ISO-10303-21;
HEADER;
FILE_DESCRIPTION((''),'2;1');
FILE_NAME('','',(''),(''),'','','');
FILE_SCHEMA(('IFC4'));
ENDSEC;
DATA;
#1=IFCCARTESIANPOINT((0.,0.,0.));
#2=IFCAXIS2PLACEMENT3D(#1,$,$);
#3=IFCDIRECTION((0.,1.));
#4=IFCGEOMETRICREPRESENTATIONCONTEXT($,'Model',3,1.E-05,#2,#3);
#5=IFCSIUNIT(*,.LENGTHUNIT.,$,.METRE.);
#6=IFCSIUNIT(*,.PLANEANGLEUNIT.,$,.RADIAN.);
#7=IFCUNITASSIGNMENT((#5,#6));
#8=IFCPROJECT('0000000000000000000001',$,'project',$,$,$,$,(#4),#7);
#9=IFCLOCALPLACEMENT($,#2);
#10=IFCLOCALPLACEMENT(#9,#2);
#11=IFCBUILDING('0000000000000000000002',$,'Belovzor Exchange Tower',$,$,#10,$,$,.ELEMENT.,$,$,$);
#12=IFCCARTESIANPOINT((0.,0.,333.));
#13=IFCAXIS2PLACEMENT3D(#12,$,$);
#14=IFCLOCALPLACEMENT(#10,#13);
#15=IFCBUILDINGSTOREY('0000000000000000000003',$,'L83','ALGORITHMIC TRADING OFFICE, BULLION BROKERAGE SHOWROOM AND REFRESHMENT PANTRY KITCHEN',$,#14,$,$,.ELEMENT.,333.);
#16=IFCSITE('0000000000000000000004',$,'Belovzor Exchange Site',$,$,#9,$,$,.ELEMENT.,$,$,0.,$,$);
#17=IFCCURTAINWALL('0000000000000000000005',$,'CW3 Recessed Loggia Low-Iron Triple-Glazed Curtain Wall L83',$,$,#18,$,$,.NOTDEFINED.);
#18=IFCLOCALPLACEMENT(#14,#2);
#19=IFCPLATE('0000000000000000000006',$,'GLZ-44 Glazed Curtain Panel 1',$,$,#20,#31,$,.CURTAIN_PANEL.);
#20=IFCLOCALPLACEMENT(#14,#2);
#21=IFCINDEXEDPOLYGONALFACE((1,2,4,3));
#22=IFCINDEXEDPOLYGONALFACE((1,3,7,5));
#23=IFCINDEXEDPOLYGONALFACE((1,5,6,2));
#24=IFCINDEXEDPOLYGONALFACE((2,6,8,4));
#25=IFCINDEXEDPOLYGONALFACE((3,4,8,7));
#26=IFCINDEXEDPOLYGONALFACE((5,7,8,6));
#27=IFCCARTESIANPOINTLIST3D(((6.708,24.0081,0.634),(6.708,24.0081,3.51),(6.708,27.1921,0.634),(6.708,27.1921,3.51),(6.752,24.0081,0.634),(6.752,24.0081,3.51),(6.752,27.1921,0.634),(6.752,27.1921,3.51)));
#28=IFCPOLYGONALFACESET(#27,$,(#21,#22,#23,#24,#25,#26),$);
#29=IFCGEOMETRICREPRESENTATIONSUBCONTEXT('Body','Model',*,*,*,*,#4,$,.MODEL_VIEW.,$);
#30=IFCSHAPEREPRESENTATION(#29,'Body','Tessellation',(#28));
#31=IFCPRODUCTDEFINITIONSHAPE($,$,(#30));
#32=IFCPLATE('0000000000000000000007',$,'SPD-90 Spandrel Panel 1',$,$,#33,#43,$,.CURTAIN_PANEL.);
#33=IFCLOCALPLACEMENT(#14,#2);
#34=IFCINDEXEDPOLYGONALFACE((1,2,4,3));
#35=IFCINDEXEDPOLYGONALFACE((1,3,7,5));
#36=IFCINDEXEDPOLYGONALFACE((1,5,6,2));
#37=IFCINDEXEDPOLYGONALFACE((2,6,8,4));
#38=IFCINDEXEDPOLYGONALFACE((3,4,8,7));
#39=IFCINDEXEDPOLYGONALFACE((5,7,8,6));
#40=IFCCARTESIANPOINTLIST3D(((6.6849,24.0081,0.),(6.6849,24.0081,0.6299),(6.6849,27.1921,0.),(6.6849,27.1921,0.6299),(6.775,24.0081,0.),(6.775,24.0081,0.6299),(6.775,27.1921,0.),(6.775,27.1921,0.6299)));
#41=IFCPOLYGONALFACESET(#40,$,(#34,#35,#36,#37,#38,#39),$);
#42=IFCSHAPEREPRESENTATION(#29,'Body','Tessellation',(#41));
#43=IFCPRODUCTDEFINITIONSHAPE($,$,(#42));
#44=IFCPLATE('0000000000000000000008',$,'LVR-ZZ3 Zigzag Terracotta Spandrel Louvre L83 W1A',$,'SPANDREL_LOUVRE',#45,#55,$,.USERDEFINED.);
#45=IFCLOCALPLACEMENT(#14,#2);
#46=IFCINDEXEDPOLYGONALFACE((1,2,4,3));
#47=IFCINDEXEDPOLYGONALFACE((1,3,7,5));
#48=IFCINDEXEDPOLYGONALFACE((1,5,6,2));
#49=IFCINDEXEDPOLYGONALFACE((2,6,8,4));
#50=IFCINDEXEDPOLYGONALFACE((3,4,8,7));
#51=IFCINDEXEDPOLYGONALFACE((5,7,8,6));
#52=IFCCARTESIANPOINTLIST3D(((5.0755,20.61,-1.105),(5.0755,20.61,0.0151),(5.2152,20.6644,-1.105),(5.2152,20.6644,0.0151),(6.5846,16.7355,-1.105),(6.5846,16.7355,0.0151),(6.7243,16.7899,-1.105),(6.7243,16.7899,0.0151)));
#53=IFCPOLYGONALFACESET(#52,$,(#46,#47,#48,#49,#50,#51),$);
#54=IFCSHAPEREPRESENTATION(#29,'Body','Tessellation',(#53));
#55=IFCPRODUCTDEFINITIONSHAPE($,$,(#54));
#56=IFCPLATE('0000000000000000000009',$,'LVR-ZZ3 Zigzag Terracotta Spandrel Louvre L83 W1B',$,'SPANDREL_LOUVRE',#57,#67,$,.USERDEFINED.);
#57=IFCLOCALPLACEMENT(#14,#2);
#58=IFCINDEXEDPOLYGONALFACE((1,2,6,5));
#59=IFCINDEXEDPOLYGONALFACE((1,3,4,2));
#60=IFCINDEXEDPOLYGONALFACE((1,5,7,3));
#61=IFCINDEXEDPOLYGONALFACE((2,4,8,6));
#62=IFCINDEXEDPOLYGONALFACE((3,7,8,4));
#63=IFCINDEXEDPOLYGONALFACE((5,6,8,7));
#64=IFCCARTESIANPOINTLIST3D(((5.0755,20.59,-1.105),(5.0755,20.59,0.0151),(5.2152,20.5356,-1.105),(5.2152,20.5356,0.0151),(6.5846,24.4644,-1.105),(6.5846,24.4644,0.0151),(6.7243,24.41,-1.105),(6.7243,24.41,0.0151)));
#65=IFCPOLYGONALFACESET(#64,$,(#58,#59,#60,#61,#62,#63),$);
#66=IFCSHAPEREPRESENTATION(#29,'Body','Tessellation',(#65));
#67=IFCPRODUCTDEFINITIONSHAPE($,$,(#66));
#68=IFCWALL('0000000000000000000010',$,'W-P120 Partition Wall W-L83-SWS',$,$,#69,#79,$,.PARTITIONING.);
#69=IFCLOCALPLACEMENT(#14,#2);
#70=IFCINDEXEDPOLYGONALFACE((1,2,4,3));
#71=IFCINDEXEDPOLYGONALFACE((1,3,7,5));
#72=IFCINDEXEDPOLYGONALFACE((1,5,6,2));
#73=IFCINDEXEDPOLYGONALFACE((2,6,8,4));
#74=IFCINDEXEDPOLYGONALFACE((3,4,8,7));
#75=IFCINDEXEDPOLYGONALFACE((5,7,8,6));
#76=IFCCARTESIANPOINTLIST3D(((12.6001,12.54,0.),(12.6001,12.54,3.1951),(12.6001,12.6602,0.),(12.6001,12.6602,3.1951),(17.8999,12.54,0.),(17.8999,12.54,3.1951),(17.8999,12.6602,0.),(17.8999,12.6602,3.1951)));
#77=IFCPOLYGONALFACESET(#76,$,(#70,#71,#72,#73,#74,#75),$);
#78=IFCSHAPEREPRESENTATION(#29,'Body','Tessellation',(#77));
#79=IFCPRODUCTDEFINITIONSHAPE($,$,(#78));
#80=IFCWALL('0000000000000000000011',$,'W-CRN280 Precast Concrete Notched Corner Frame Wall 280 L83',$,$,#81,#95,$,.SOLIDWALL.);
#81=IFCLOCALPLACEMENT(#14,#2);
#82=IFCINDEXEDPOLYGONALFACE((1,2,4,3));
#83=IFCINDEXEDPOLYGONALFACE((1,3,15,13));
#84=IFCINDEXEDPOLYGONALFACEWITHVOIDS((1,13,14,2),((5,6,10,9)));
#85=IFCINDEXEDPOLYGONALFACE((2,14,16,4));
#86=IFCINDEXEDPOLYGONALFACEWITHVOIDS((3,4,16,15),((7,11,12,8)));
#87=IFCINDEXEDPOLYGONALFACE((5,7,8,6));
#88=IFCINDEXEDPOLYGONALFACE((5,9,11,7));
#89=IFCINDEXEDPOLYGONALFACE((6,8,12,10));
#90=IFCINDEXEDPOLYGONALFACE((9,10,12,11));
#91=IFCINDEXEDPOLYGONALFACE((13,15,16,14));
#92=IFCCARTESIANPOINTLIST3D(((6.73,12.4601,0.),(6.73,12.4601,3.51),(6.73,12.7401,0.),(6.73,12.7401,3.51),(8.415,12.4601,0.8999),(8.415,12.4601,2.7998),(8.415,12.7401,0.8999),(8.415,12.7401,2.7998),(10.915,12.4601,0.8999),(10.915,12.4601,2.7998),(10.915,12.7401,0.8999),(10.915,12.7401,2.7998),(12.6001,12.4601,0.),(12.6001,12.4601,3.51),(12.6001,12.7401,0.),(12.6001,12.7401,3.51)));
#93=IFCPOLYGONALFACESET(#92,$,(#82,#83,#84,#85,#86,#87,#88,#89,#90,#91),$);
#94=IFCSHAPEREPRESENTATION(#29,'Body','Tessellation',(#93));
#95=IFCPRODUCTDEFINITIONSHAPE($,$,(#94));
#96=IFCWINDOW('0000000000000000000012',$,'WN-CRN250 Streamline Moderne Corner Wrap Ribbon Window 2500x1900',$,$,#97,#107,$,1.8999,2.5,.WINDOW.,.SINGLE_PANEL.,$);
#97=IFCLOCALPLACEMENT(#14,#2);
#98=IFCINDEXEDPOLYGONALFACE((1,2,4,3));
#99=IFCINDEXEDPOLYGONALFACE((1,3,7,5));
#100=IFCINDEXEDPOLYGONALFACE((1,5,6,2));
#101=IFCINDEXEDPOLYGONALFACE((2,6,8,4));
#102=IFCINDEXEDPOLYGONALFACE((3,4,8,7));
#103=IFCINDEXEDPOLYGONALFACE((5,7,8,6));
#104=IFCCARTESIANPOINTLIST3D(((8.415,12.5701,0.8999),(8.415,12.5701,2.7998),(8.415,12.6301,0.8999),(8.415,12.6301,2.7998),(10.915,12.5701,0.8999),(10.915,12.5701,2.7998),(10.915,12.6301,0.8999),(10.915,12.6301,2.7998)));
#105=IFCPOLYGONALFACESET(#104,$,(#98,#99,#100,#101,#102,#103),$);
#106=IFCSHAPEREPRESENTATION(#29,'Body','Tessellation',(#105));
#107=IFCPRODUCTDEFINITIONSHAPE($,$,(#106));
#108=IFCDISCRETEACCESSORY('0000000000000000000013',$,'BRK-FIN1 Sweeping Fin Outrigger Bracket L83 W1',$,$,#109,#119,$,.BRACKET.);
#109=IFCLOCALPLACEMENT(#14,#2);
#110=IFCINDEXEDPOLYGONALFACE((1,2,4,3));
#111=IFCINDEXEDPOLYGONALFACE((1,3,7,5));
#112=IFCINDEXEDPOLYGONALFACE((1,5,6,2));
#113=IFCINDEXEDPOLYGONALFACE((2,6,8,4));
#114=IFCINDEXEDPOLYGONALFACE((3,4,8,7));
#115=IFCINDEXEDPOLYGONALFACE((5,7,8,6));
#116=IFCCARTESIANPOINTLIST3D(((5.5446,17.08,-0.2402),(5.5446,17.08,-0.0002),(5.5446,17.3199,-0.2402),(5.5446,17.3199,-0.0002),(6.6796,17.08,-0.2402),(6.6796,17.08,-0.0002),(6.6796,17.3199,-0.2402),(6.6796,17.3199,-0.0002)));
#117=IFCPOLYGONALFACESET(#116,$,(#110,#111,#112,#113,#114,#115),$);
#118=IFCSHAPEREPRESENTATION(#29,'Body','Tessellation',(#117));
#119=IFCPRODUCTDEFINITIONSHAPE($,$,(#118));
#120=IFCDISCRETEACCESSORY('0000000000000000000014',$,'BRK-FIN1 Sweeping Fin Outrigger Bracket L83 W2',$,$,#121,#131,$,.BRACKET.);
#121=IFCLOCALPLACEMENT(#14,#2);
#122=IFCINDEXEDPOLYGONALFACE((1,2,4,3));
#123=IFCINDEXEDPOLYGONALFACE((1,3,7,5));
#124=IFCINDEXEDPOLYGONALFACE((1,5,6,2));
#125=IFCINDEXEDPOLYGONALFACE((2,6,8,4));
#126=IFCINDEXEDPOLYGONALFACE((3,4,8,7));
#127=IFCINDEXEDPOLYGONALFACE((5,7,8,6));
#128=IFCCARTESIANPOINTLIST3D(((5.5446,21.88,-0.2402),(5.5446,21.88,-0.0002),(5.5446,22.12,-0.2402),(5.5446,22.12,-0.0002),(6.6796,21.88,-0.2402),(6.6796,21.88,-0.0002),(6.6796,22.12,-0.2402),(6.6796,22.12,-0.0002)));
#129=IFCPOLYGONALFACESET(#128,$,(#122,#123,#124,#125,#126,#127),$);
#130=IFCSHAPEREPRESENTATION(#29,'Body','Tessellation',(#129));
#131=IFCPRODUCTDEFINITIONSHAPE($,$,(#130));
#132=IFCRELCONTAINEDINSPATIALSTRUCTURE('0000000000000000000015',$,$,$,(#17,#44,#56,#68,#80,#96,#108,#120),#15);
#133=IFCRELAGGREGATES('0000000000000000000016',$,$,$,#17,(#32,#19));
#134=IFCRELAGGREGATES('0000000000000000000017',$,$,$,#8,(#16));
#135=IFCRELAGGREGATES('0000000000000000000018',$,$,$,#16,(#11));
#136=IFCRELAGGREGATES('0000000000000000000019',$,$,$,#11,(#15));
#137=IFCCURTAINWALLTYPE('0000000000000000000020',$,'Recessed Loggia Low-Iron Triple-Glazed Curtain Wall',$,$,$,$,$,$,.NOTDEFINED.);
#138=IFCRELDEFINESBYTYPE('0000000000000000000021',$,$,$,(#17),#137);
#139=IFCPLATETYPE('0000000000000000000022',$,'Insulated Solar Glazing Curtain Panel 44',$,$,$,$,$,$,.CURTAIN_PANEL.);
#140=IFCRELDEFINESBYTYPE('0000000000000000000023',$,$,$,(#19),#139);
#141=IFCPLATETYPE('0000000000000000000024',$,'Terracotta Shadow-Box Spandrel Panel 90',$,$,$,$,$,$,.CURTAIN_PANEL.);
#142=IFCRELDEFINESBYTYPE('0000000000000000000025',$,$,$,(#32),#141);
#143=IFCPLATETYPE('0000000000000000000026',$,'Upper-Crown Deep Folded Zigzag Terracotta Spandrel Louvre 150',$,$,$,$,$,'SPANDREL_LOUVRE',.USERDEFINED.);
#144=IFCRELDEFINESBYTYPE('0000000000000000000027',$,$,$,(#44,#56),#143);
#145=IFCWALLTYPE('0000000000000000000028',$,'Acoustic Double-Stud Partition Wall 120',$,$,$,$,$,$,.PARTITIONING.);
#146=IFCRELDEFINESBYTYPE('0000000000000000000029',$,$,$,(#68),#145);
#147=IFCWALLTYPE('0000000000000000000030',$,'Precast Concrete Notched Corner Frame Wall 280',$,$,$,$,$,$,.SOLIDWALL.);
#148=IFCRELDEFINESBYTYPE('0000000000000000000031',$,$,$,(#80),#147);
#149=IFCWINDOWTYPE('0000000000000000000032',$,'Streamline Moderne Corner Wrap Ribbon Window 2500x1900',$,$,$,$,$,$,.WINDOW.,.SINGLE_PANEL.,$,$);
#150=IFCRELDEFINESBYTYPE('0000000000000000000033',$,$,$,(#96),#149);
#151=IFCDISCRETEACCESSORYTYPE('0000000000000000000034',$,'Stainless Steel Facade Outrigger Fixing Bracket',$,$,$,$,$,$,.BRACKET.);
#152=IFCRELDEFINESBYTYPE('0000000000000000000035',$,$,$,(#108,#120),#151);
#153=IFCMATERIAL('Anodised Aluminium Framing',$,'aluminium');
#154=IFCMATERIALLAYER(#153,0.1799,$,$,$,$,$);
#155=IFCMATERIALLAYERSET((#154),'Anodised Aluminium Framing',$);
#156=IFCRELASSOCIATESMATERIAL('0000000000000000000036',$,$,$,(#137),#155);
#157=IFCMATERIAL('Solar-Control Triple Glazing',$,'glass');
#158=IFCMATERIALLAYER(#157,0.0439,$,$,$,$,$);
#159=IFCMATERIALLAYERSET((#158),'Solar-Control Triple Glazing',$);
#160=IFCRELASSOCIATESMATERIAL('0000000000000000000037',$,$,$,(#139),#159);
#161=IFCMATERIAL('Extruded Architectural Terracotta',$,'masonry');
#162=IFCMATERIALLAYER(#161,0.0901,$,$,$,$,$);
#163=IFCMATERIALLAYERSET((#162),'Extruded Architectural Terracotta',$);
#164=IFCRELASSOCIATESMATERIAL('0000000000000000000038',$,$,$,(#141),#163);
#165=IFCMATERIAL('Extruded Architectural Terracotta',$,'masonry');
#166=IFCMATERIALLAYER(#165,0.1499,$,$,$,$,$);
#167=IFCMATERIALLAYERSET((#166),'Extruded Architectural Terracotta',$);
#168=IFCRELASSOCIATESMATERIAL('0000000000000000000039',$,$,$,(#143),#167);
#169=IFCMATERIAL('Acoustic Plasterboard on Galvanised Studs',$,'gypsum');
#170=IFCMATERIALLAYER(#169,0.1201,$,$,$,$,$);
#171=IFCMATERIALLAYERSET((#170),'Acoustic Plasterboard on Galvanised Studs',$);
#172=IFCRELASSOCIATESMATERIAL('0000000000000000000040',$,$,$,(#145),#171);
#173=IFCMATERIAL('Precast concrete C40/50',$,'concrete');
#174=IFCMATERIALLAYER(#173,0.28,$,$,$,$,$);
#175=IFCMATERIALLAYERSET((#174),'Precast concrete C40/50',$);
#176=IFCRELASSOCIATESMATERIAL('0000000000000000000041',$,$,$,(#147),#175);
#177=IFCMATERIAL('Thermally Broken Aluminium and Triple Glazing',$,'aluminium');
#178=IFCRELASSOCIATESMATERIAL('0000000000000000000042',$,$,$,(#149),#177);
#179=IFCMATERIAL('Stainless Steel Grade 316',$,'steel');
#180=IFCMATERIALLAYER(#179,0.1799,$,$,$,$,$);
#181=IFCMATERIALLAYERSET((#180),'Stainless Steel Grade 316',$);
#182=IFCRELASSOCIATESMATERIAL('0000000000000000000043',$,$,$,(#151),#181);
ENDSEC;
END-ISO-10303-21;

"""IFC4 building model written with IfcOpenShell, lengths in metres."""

from ifc_helpers import new_model, si_unit, direction, frame, frame_2d, origin, origin_2d, place, context, subcontext, project, spatial, rectangle, extrude, material, layer, layer_set, type_object, element, fill, aggregate, save


model = new_model("IFC4")

# Units and contexts
model_context = context("Model", 3, precision=1e-05, world=origin(), true_north=direction((0.0, 1.0)))
body_context = subcontext(model_context, "Body", "Model", "MODEL_VIEW")
ifc_project = project(units=[si_unit("LENGTHUNIT", "METRE"), si_unit("PLANEANGLEUNIT", "RADIAN")], contexts=[model_context])

# Site, building, storey
site_placement = place(None, origin())
site = spatial("IfcSite", under=ifc_project, at=site_placement, Name="Belovzor Exchange Site", CompositionType="ELEMENT", RefElevation=0.0)
building_placement = place(site_placement, origin())
building = spatial("IfcBuilding", under=site, at=building_placement, Name="Belovzor Exchange Tower", CompositionType="ELEMENT")
storey_placement = place(building_placement, frame((0.0, 0.0, 333.0)))
storey = spatial("IfcBuildingStorey", under=building, at=storey_placement, Name="L83", Description="ALGORITHMIC TRADING OFFICE, BULLION BROKERAGE SHOWROOM AND REFRESHMENT PANTRY KITCHEN", CompositionType="ELEMENT", Elevation=333.0)

# Curtain wall
ifc_material_1 = material(Name="Anodised Aluminium Framing", Category="aluminium")
ifc_layer_1 = layer(ifc_material_1, 0.1799)
ifc_layer_set_1 = layer_set([ifc_layer_1], Name="Anodised Aluminium Framing")
curtain_wall_type = type_object("IfcCurtainWallType", Name="Recessed Loggia Low-Iron Triple-Glazed Curtain Wall", PredefinedType="NOTDEFINED", material=ifc_layer_set_1)
curtain_wall_placement = place(storey_placement, origin())
curtain_wall = element("IfcCurtainWall", 1, at=curtain_wall_placement, inside=storey, type_object=curtain_wall_type, Name="CW3 Recessed Loggia Low-Iron Triple-Glazed Curtain Wall L83", PredefinedType="NOTDEFINED")

# Plates
ifc_material_2 = material(Name="Solar-Control Triple Glazing", Category="glass")
ifc_layer_2 = layer(ifc_material_2, 0.0439)
ifc_layer_set_2 = layer_set([ifc_layer_2], Name="Solar-Control Triple Glazing")
plate_type_1 = type_object("IfcPlateType", Name="Insulated Solar Glazing Curtain Panel 44", PredefinedType="CURTAIN_PANEL", material=ifc_layer_set_2)
plate_1_placement = place(storey_placement, frame((6.73, 25.6001, 0.634), z_axis=(0.0, 0.0, 1.0), x_axis=(0.0, 1.0, 0.0)))
plate_1 = element("IfcPlate", 2, at=plate_1_placement, type_object=plate_type_1, Name="GLZ-44 Glazed Curtain Panel 1", PredefinedType="CURTAIN_PANEL", context=body_context, shape_type="SweptSolid", body=[
    extrude(rectangle(XDim=3.1841, YDim=0.0439, at=origin_2d()), origin(), (0.0, 0.0, 1.0), 2.876),
])
ifc_material_3 = material(Name="Extruded Architectural Terracotta", Category="masonry")
ifc_layer_3 = layer(ifc_material_3, 0.0901)
ifc_layer_set_3 = layer_set([ifc_layer_3], Name="Extruded Architectural Terracotta")
plate_type_2 = type_object("IfcPlateType", Name="Terracotta Shadow-Box Spandrel Panel 90", PredefinedType="CURTAIN_PANEL", material=ifc_layer_set_3)
plate_2_placement = place(storey_placement, frame((6.73, 25.6001, 0.0), z_axis=(0.0, 0.0, 1.0), x_axis=(0.0, 1.0, 0.0)))
plate_2 = element("IfcPlate", 3, at=plate_2_placement, type_object=plate_type_2, Name="SPD-90 Spandrel Panel 1", PredefinedType="CURTAIN_PANEL", context=body_context, shape_type="SweptSolid", body=[
    extrude(rectangle(XDim=3.1841, YDim=0.0901, at=origin_2d()), origin(), (0.0, 0.0, 1.0), 0.6299),
])
aggregate(curtain_wall, [plate_2, plate_1])

# Plates
ifc_material_4 = material(Name="Extruded Architectural Terracotta", Category="masonry")
ifc_layer_4 = layer(ifc_material_4, 0.1499)
ifc_layer_set_4 = layer_set([ifc_layer_4], Name="Extruded Architectural Terracotta")
plate_type_3 = type_object("IfcPlateType", Name="Upper-Crown Deep Folded Zigzag Terracotta Spandrel Louvre 150", ElementType="SPANDREL_LOUVRE", PredefinedType="USERDEFINED", material=ifc_layer_set_4)
for number, where, z_axis, x_axis, name in (
    (4, (5.8999, 18.7, -1.105), (0.0, 0.0, 1.0), (-0.362926, 0.931818, 0.0), "LVR-ZZ3 Zigzag Terracotta Spandrel Louvre L83 W1A"),
    (5, (5.8999, 22.5, -1.105), (0.0, 0.0, 1.0), (0.362926, 0.931818, 0.0), "LVR-ZZ3 Zigzag Terracotta Spandrel Louvre L83 W1B"),
):
    element("IfcPlate", number, at=place(storey_placement, frame(where, z_axis=z_axis, x_axis=x_axis)), inside=storey, type_object=plate_type_3, Name=name, ObjectType="SPANDREL_LOUVRE", PredefinedType="USERDEFINED", context=body_context, shape_type="SweptSolid", body=[
        extrude(rectangle(XDim=4.158, YDim=0.1499, at=origin_2d()), origin(), (0.0, 0.0, 1.0), 1.1201),
    ])

# Wall
ifc_material_5 = material(Name="Acoustic Plasterboard on Galvanised Studs", Category="gypsum")
ifc_layer_5 = layer(ifc_material_5, 0.1201)
ifc_layer_set_5 = layer_set([ifc_layer_5], Name="Acoustic Plasterboard on Galvanised Studs")
wall_type_1 = type_object("IfcWallType", Name="Acoustic Double-Stud Partition Wall 120", PredefinedType="PARTITIONING", material=ifc_layer_set_5)
wall_1_placement = place(storey_placement, frame((12.6001, 12.6001, 0.0), z_axis=(0.0, 0.0, 1.0), x_axis=(1.0, 0.0, 0.0)))
element("IfcWall", 6, at=wall_1_placement, inside=storey, type_object=wall_type_1, Name="W-P120 Partition Wall W-L83-SWS", PredefinedType="PARTITIONING", context=body_context, shape_type="SweptSolid", body=[
    extrude(rectangle(XDim=5.2998, YDim=0.1201, at=frame_2d((2.6499, 0.0))), origin(), (0.0, 0.0, 1.0), 3.1951),
])

# Wall, opening, window
ifc_material_6 = material(Name="Precast concrete C40/50", Category="concrete")
ifc_layer_6 = layer(ifc_material_6, 0.28)
ifc_layer_set_6 = layer_set([ifc_layer_6], Name="Precast concrete C40/50")
wall_type_2 = type_object("IfcWallType", Name="Precast Concrete Notched Corner Frame Wall 280", PredefinedType="SOLIDWALL", material=ifc_layer_set_6)
wall_2_placement = place(storey_placement, frame((12.6001, 12.6001, 0.0), z_axis=(0.0, 0.0, 1.0), x_axis=(-1.0, 0.0, 0.0)))
wall_2 = element("IfcWall", 7, at=wall_2_placement, inside=storey, type_object=wall_type_2, Name="W-CRN280 Precast Concrete Notched Corner Frame Wall 280 L83", PredefinedType="SOLIDWALL", context=body_context, shape_type="SweptSolid", body=[
    extrude(rectangle(XDim=5.8701, YDim=0.28, at=frame_2d((2.9351, 0.0))), origin(), (0.0, 0.0, 1.0), 3.51),
])
opening_placement = place(wall_2_placement, frame((1.6851, 0.0, 0.8999)))
opening = element("IfcOpeningElement", 8, at=opening_placement, cuts=wall_2, PredefinedType="OPENING", context=body_context, shape_type="SweptSolid", body=[
    extrude(rectangle(XDim=2.5, YDim=1.8999, at=frame_2d((1.25, 0.95))), frame((0.0, 0.1499, 0.0), z_axis=(0.0, -1.0, 0.0), x_axis=(1.0, 0.0, 0.0)), (0.0, 0.0, 1.0), 0.3),
])
ifc_material_7 = material(Name="Thermally Broken Aluminium and Triple Glazing", Category="aluminium")
window_type = type_object("IfcWindowType", Name="Streamline Moderne Corner Wrap Ribbon Window 2500x1900", PartitioningType="SINGLE_PANEL", PredefinedType="WINDOW", material=ifc_material_7)
window_placement = place(opening_placement, origin())
window = element("IfcWindow", 9, at=window_placement, inside=storey, type_object=window_type, Name="WN-CRN250 Streamline Moderne Corner Wrap Ribbon Window 2500x1900", OverallHeight=1.8999, OverallWidth=2.5, PartitioningType="SINGLE_PANEL", PredefinedType="WINDOW", context=body_context, shape_type="SweptSolid", body=[
    extrude(rectangle(XDim=2.5, YDim=1.8999, at=frame_2d((1.25, 0.95))), frame((0.0, 0.03, 0.0), z_axis=(0.0, -1.0, 0.0), x_axis=(1.0, 0.0, 0.0)), (0.0, 0.0, 1.0), 0.0601),
])
fill(opening, window)

# Discrete accessories
ifc_material_8 = material(Name="Stainless Steel Grade 316", Category="steel")
ifc_layer_7 = layer(ifc_material_8, 0.1799)
ifc_layer_set_7 = layer_set([ifc_layer_7], Name="Stainless Steel Grade 316")
discrete_accessory_type = type_object("IfcDiscreteAccessoryType", Name="Stainless Steel Facade Outrigger Fixing Bracket", PredefinedType="BRACKET", material=ifc_layer_set_7)
for number, where, z_axis, x_axis, name in (
    (10, (6.1121, 17.2, -0.2402), (0.0, 0.0, 1.0), (1.0, 0.0, 0.0), "BRK-FIN1 Sweeping Fin Outrigger Bracket L83 W1"),
    (11, (6.1121, 22.0, -0.2402), (0.0, 0.0, 1.0), (1.0, 0.0, 0.0), "BRK-FIN1 Sweeping Fin Outrigger Bracket L83 W2"),
):
    element("IfcDiscreteAccessory", number, at=place(storey_placement, frame(where, z_axis=z_axis, x_axis=x_axis)), inside=storey, type_object=discrete_accessory_type, Name=name, PredefinedType="BRACKET", context=body_context, shape_type="SweptSolid", body=[
        extrude(rectangle(XDim=1.135, YDim=0.24, at=origin_2d()), origin(), (0.0, 0.0, 1.0), 0.24),
    ])

save(model, "model.ifc")
